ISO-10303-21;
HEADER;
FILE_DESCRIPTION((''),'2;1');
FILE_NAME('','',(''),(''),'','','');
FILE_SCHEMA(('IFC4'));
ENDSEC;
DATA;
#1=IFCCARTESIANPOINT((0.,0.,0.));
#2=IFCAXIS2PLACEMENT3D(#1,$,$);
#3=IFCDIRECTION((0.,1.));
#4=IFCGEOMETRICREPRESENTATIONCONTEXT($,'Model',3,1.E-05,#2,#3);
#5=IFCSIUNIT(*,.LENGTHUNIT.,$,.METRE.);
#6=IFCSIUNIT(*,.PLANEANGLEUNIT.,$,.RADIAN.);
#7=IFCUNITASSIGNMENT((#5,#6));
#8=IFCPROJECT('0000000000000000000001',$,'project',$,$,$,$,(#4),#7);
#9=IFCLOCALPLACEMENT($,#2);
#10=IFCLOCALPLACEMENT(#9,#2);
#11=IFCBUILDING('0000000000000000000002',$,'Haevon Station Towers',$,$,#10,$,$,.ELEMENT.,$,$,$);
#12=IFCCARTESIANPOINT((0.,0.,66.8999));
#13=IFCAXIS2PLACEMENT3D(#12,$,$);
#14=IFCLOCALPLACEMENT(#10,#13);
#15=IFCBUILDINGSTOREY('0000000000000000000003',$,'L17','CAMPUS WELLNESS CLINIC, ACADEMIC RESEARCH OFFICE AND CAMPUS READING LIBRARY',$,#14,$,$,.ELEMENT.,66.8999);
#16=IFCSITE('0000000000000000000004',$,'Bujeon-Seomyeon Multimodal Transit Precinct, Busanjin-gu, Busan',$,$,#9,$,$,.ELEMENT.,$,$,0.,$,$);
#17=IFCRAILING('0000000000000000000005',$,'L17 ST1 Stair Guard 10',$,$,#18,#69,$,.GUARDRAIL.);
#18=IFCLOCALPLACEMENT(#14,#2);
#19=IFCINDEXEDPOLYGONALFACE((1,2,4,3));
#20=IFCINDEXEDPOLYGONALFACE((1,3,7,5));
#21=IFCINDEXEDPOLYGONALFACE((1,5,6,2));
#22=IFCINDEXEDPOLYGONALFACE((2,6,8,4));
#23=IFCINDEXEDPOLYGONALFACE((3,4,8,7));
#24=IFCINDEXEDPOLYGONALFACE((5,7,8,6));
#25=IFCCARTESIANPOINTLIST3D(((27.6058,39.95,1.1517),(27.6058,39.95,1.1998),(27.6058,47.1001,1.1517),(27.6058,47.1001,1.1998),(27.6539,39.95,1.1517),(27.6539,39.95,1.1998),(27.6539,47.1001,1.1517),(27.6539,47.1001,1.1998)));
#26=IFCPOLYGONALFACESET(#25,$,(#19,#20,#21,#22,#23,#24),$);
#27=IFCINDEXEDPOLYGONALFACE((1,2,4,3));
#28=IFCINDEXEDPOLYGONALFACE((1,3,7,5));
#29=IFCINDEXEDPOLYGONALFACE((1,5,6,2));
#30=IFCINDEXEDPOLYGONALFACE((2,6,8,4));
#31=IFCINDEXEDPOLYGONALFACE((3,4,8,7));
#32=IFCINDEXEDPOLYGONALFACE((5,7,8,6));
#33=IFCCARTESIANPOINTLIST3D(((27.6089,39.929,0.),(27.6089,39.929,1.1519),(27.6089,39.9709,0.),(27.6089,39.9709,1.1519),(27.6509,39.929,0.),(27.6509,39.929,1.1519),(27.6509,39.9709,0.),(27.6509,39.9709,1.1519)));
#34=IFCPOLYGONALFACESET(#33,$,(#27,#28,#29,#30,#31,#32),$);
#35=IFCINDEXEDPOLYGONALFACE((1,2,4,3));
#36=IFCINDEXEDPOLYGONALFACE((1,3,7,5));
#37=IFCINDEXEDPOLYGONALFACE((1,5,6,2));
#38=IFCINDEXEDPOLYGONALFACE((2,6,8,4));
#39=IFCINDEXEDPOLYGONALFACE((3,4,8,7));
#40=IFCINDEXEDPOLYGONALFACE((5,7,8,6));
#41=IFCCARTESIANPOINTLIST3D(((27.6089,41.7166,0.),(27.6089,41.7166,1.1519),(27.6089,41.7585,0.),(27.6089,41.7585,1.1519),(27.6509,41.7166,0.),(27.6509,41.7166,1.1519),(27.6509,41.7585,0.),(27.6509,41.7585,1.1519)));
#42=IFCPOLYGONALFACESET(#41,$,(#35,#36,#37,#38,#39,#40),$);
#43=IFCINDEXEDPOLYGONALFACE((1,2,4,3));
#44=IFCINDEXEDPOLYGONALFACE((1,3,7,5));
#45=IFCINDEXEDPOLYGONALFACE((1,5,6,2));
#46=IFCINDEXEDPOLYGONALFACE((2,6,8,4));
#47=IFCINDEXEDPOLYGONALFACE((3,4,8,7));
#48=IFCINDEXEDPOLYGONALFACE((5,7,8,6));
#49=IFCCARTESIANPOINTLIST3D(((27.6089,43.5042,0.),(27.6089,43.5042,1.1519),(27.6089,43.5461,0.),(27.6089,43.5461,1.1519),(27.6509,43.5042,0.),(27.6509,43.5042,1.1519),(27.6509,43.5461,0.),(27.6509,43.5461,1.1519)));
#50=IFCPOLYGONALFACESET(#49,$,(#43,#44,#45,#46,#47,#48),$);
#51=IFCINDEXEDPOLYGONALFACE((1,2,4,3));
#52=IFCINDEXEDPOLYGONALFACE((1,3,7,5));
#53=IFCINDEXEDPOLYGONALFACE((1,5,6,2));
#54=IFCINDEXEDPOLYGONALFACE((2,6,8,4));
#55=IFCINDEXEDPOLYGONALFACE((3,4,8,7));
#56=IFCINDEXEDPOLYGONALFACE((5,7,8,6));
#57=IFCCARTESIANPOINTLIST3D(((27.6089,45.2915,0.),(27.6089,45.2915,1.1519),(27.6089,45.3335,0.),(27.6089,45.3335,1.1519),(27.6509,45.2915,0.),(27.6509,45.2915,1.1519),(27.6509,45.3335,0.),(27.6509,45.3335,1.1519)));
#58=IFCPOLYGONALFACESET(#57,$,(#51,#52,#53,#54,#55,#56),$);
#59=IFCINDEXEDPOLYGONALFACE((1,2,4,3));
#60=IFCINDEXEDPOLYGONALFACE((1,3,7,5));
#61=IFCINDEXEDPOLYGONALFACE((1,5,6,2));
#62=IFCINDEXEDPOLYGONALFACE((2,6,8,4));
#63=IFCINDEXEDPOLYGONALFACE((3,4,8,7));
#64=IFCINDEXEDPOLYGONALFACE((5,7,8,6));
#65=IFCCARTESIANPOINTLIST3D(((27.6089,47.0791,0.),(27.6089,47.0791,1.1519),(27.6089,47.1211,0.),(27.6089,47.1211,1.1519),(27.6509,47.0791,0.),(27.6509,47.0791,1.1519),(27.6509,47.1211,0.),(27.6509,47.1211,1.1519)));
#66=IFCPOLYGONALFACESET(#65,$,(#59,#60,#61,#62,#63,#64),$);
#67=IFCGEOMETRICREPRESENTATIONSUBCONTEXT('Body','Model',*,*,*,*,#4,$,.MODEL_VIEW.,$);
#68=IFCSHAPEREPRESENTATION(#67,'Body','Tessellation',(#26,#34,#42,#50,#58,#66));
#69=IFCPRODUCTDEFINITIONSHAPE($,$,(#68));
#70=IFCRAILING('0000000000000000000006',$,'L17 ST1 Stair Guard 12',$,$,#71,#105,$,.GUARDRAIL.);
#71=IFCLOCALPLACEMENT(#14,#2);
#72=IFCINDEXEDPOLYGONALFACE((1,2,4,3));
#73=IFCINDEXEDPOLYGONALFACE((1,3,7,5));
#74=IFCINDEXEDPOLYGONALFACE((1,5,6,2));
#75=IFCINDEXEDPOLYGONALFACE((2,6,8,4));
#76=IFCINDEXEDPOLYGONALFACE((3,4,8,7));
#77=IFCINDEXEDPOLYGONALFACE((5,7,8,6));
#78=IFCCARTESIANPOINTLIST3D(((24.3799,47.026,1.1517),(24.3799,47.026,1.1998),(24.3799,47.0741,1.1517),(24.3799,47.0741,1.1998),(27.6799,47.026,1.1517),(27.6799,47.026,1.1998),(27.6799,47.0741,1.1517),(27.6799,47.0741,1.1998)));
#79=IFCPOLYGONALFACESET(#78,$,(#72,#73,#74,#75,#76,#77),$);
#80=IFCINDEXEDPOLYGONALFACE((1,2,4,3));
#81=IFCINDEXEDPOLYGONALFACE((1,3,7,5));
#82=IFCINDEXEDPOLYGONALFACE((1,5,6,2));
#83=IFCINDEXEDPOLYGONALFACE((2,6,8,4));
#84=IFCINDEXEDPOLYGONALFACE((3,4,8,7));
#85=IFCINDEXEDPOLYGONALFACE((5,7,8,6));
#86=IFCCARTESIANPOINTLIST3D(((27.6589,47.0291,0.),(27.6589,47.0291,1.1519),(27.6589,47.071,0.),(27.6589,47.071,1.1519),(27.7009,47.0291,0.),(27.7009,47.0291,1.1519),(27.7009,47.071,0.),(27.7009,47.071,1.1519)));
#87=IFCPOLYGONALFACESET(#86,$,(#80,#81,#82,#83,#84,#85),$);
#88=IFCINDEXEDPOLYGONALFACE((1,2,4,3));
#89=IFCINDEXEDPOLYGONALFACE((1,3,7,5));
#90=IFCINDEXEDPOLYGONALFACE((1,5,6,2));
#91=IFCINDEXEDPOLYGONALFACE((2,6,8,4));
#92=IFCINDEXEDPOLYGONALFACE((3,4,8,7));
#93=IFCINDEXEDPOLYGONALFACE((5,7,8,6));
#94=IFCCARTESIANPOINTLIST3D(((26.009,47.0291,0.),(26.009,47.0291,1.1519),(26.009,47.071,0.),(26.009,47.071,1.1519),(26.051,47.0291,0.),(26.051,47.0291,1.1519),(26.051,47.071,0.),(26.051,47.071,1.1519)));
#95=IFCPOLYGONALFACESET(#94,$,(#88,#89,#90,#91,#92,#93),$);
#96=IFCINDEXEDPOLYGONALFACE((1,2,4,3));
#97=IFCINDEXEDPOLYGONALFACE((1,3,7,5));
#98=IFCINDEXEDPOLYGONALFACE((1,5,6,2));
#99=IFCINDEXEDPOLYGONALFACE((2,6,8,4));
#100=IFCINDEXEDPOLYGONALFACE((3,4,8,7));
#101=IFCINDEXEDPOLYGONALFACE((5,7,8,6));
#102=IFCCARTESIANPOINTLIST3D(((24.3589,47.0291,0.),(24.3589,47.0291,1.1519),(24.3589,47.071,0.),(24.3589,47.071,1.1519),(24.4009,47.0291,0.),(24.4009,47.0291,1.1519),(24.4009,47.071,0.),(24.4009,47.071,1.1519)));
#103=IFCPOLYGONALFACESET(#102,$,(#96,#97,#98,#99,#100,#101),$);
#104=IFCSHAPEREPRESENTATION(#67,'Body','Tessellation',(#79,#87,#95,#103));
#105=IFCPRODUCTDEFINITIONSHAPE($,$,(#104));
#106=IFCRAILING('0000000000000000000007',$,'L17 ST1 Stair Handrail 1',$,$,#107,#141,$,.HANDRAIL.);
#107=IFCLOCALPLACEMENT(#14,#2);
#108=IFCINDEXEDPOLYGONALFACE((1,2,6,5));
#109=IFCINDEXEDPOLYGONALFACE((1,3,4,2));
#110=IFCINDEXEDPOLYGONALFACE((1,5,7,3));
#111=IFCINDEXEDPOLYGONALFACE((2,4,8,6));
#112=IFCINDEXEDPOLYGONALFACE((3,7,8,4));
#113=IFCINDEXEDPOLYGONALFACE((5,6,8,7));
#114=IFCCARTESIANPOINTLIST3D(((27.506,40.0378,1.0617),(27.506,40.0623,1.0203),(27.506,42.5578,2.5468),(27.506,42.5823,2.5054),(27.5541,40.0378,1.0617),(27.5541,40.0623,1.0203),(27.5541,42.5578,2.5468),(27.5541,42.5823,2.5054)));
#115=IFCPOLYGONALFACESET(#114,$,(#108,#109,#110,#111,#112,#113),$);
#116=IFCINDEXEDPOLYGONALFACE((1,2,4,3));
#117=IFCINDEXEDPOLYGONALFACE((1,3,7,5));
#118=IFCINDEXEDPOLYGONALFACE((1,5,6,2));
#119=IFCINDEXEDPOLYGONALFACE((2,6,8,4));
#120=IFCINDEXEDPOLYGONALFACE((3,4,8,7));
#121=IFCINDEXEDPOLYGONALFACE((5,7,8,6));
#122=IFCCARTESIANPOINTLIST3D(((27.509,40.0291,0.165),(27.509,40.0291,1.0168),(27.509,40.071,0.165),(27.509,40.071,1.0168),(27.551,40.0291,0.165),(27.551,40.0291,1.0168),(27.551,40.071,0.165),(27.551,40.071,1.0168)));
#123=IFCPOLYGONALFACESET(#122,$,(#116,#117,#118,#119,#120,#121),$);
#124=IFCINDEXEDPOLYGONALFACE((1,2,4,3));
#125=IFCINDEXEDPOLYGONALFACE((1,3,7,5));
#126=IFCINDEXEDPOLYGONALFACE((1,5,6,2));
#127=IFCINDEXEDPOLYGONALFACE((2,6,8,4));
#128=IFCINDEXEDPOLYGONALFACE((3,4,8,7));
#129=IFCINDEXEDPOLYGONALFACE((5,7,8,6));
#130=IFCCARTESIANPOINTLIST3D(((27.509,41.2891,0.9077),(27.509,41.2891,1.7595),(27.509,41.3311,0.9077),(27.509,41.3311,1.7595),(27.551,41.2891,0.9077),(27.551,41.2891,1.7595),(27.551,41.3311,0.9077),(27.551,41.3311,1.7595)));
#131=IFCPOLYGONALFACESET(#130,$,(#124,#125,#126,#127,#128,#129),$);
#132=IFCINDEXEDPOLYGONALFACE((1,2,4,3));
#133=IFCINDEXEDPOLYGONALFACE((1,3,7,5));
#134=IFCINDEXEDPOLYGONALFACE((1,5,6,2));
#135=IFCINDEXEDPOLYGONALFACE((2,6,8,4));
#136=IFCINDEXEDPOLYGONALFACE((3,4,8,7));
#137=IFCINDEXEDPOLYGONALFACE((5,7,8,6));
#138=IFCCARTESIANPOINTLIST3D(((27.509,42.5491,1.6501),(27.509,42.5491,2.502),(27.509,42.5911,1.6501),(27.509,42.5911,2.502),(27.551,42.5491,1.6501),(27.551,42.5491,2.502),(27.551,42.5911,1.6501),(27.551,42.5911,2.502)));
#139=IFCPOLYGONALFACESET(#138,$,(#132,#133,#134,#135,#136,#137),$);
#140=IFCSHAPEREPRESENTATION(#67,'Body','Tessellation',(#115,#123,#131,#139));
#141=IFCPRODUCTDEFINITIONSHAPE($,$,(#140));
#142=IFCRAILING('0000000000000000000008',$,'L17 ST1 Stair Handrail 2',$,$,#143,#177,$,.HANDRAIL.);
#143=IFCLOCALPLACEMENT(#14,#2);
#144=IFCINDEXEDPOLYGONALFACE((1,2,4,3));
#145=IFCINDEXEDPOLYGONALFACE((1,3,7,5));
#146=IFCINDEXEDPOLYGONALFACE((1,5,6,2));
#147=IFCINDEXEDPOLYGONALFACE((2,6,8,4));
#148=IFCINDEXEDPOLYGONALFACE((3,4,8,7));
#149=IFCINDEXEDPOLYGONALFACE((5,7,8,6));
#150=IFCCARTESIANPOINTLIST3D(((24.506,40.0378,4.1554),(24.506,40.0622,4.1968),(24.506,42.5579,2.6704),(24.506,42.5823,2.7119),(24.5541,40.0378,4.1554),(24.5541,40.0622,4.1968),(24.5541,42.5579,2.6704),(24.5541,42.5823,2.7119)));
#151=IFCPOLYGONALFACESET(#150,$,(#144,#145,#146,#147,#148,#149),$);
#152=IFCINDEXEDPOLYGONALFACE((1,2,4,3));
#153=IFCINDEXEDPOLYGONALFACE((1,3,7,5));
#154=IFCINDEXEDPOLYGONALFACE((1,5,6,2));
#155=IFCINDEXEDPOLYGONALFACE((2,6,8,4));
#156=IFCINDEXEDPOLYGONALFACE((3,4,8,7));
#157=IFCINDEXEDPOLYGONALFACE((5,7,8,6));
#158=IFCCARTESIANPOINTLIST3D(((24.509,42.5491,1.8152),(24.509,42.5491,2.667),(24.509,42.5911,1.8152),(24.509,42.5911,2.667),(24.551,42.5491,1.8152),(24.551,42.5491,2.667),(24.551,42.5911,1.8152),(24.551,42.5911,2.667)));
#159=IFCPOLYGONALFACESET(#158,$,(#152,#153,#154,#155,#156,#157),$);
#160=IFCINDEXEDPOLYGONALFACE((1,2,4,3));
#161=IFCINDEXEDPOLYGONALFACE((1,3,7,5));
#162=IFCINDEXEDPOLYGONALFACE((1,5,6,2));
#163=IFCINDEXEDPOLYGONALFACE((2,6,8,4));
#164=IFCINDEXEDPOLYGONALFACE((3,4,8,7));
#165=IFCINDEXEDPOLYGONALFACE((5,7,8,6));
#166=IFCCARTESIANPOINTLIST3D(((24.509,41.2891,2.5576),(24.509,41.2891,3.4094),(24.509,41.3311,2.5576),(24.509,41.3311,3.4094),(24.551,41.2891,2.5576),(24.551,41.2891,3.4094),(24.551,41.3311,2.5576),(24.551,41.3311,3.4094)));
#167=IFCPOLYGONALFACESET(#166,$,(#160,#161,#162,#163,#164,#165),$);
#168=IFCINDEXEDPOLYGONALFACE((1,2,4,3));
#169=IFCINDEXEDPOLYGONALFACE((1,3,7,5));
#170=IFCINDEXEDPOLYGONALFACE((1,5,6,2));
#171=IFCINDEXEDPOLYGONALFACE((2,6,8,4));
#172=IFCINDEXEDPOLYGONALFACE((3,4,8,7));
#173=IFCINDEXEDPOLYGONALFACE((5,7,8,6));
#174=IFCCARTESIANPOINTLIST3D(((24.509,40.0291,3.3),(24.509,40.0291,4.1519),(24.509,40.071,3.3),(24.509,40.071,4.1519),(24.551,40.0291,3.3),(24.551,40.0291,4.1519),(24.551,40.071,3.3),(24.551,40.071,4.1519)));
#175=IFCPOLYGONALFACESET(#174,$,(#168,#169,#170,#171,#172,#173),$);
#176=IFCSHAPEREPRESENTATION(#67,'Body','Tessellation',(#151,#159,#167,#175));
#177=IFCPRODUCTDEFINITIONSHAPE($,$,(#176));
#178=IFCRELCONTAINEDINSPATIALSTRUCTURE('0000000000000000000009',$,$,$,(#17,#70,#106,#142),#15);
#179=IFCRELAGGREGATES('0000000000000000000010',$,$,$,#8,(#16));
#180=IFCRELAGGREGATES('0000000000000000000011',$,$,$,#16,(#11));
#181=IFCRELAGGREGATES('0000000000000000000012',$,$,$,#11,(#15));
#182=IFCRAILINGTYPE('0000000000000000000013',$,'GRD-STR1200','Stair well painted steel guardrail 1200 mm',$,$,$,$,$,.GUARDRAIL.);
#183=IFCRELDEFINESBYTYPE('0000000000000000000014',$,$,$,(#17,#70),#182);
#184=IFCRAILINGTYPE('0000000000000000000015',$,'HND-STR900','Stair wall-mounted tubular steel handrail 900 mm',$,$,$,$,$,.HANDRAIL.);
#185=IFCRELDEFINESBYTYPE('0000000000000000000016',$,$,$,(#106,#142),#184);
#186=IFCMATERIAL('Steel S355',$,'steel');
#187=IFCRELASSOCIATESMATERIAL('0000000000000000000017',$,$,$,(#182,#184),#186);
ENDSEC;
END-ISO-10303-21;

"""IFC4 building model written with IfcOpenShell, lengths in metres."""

from ifc_helpers import new_model, si_unit, direction, frame, origin, origin_2d, place, context, subcontext, project, spatial, rectangle, extrude, material, type_object, element, save


model = new_model("IFC4")

# Units and contexts
model_context = context("Model", 3, precision=1e-05, world=origin(), true_north=direction((0.0, 1.0)))
body_context = subcontext(model_context, "Body", "Model", "MODEL_VIEW")
ifc_project = project(units=[si_unit("LENGTHUNIT", "METRE"), si_unit("PLANEANGLEUNIT", "RADIAN")], contexts=[model_context])

# Site, building, storey
site_placement = place(None, origin())
site = spatial("IfcSite", under=ifc_project, at=site_placement, Name="Bujeon-Seomyeon Multimodal Transit Precinct, Busanjin-gu, Busan", CompositionType="ELEMENT", RefElevation=0.0)
building_placement = place(site_placement, origin())
building = spatial("IfcBuilding", under=site, at=building_placement, Name="Haevon Station Towers", CompositionType="ELEMENT")
storey_placement = place(building_placement, frame((0.0, 0.0, 66.8999)))
storey = spatial("IfcBuildingStorey", under=building, at=storey_placement, Name="L17", Description="CAMPUS WELLNESS CLINIC, ACADEMIC RESEARCH OFFICE AND CAMPUS READING LIBRARY", CompositionType="ELEMENT", Elevation=66.8999)

# Shared definitions
ifc_material_1 = material(Name="Steel S355", Category="steel")

# Railings
railing_type_1 = type_object("IfcRailingType", Name="GRD-STR1200", Description="Stair well painted steel guardrail 1200 mm", PredefinedType="GUARDRAIL", material=ifc_material_1)
railing_1_placement = place(storey_placement, frame((27.6299, 39.95, 0.0)))
element("IfcRailing", 1, at=railing_1_placement, inside=storey, type_object=railing_type_1, Name="L17 ST1 Stair Guard 10", PredefinedType="GUARDRAIL", context=body_context, shape_type="SweptSolid", body=[
    extrude(rectangle(XDim=0.0481, YDim=0.0481, at=origin_2d()), frame((0.0, 0.0, 1.1758), z_axis=(0.0, 1.0, 0.0), x_axis=(-1.0, 0.0, 0.0)), (0.0, 0.0, 1.0), 7.1501),
    extrude(rectangle(XDim=0.042, YDim=0.042, at=origin_2d()), origin(), (0.0, 0.0, 1.0), 1.1519),
    extrude(rectangle(XDim=0.042, YDim=0.042, at=origin_2d()), frame((0.0, 1.7876, 0.0)), (0.0, 0.0, 1.0), 1.1519),
    extrude(rectangle(XDim=0.042, YDim=0.042, at=origin_2d()), frame((0.0, 3.5752, 0.0)), (0.0, 0.0, 1.0), 1.1519),
    extrude(rectangle(XDim=0.042, YDim=0.042, at=origin_2d()), frame((0.0, 5.3625, 0.0)), (0.0, 0.0, 1.0), 1.1519),
    extrude(rectangle(XDim=0.042, YDim=0.042, at=origin_2d()), frame((0.0, 7.1501, 0.0)), (0.0, 0.0, 1.0), 1.1519),
])
railing_2_placement = place(storey_placement, frame((27.6799, 47.05, 0.0)))
element("IfcRailing", 2, at=railing_2_placement, inside=storey, type_object=railing_type_1, Name="L17 ST1 Stair Guard 12", PredefinedType="GUARDRAIL", context=body_context, shape_type="SweptSolid", body=[
    extrude(rectangle(XDim=0.0481, YDim=0.0481, at=origin_2d()), frame((0.0, 0.0, 1.1758), z_axis=(-1.0, 0.0, 0.0), x_axis=(0.0, -1.0, 0.0)), (0.0, 0.0, 1.0), 3.3),
    extrude(rectangle(XDim=0.042, YDim=0.042, at=origin_2d()), origin(), (0.0, 0.0, 1.0), 1.1519),
    extrude(rectangle(XDim=0.042, YDim=0.042, at=origin_2d()), frame((-1.6499, 0.0, 0.0)), (0.0, 0.0, 1.0), 1.1519),
    extrude(rectangle(XDim=0.042, YDim=0.042, at=origin_2d()), frame((-3.3, 0.0, 0.0)), (0.0, 0.0, 1.0), 1.1519),
])
railing_type_2 = type_object("IfcRailingType", Name="HND-STR900", Description="Stair wall-mounted tubular steel handrail 900 mm", PredefinedType="HANDRAIL", material=ifc_material_1)
railing_3_placement = place(storey_placement, frame((27.53, 40.05, 0.165)))
element("IfcRailing", 3, at=railing_3_placement, inside=storey, type_object=railing_type_2, Name="L17 ST1 Stair Handrail 1", PredefinedType="HANDRAIL", context=body_context, shape_type="SweptSolid", body=[
    extrude(rectangle(XDim=0.0481, YDim=0.0481, at=origin_2d()), frame((0.0, 0.0, 0.876), z_axis=(0.0, 0.861524, 0.507717), x_axis=(-1.0, 0.0, 0.0)), (0.0, 0.0, 1.0), 2.925),
    extrude(rectangle(XDim=0.042, YDim=0.042, at=origin_2d()), origin(), (0.0, 0.0, 1.0), 0.8518),
    extrude(rectangle(XDim=0.042, YDim=0.042, at=origin_2d()), frame((0.0, 1.26, 0.7427)), (0.0, 0.0, 1.0), 0.8518),
    extrude(rectangle(XDim=0.042, YDim=0.042, at=origin_2d()), frame((0.0, 2.52, 1.4851)), (0.0, 0.0, 1.0), 0.8518),
])
railing_4_placement = place(storey_placement, frame((24.53, 42.5701, 1.8152)))
element("IfcRailing", 4, at=railing_4_placement, inside=storey, type_object=railing_type_2, Name="L17 ST1 Stair Handrail 2", PredefinedType="HANDRAIL", context=body_context, shape_type="SweptSolid", body=[
    extrude(rectangle(XDim=0.0481, YDim=0.0481, at=origin_2d()), frame((0.0, 0.0, 0.876), z_axis=(0.0, -0.861561, 0.507655), x_axis=(1.0, 0.0, 0.0)), (0.0, 0.0, 1.0), 2.925),
    extrude(rectangle(XDim=0.042, YDim=0.042, at=origin_2d()), origin(), (0.0, 0.0, 1.0), 0.8518),
    extrude(rectangle(XDim=0.042, YDim=0.042, at=origin_2d()), frame((0.0, -1.26, 0.7424)), (0.0, 0.0, 1.0), 0.8518),
    extrude(rectangle(XDim=0.042, YDim=0.042, at=origin_2d()), frame((0.0, -2.52, 1.4849)), (0.0, 0.0, 1.0), 0.8518),
])

save(model, "model.ifc")
